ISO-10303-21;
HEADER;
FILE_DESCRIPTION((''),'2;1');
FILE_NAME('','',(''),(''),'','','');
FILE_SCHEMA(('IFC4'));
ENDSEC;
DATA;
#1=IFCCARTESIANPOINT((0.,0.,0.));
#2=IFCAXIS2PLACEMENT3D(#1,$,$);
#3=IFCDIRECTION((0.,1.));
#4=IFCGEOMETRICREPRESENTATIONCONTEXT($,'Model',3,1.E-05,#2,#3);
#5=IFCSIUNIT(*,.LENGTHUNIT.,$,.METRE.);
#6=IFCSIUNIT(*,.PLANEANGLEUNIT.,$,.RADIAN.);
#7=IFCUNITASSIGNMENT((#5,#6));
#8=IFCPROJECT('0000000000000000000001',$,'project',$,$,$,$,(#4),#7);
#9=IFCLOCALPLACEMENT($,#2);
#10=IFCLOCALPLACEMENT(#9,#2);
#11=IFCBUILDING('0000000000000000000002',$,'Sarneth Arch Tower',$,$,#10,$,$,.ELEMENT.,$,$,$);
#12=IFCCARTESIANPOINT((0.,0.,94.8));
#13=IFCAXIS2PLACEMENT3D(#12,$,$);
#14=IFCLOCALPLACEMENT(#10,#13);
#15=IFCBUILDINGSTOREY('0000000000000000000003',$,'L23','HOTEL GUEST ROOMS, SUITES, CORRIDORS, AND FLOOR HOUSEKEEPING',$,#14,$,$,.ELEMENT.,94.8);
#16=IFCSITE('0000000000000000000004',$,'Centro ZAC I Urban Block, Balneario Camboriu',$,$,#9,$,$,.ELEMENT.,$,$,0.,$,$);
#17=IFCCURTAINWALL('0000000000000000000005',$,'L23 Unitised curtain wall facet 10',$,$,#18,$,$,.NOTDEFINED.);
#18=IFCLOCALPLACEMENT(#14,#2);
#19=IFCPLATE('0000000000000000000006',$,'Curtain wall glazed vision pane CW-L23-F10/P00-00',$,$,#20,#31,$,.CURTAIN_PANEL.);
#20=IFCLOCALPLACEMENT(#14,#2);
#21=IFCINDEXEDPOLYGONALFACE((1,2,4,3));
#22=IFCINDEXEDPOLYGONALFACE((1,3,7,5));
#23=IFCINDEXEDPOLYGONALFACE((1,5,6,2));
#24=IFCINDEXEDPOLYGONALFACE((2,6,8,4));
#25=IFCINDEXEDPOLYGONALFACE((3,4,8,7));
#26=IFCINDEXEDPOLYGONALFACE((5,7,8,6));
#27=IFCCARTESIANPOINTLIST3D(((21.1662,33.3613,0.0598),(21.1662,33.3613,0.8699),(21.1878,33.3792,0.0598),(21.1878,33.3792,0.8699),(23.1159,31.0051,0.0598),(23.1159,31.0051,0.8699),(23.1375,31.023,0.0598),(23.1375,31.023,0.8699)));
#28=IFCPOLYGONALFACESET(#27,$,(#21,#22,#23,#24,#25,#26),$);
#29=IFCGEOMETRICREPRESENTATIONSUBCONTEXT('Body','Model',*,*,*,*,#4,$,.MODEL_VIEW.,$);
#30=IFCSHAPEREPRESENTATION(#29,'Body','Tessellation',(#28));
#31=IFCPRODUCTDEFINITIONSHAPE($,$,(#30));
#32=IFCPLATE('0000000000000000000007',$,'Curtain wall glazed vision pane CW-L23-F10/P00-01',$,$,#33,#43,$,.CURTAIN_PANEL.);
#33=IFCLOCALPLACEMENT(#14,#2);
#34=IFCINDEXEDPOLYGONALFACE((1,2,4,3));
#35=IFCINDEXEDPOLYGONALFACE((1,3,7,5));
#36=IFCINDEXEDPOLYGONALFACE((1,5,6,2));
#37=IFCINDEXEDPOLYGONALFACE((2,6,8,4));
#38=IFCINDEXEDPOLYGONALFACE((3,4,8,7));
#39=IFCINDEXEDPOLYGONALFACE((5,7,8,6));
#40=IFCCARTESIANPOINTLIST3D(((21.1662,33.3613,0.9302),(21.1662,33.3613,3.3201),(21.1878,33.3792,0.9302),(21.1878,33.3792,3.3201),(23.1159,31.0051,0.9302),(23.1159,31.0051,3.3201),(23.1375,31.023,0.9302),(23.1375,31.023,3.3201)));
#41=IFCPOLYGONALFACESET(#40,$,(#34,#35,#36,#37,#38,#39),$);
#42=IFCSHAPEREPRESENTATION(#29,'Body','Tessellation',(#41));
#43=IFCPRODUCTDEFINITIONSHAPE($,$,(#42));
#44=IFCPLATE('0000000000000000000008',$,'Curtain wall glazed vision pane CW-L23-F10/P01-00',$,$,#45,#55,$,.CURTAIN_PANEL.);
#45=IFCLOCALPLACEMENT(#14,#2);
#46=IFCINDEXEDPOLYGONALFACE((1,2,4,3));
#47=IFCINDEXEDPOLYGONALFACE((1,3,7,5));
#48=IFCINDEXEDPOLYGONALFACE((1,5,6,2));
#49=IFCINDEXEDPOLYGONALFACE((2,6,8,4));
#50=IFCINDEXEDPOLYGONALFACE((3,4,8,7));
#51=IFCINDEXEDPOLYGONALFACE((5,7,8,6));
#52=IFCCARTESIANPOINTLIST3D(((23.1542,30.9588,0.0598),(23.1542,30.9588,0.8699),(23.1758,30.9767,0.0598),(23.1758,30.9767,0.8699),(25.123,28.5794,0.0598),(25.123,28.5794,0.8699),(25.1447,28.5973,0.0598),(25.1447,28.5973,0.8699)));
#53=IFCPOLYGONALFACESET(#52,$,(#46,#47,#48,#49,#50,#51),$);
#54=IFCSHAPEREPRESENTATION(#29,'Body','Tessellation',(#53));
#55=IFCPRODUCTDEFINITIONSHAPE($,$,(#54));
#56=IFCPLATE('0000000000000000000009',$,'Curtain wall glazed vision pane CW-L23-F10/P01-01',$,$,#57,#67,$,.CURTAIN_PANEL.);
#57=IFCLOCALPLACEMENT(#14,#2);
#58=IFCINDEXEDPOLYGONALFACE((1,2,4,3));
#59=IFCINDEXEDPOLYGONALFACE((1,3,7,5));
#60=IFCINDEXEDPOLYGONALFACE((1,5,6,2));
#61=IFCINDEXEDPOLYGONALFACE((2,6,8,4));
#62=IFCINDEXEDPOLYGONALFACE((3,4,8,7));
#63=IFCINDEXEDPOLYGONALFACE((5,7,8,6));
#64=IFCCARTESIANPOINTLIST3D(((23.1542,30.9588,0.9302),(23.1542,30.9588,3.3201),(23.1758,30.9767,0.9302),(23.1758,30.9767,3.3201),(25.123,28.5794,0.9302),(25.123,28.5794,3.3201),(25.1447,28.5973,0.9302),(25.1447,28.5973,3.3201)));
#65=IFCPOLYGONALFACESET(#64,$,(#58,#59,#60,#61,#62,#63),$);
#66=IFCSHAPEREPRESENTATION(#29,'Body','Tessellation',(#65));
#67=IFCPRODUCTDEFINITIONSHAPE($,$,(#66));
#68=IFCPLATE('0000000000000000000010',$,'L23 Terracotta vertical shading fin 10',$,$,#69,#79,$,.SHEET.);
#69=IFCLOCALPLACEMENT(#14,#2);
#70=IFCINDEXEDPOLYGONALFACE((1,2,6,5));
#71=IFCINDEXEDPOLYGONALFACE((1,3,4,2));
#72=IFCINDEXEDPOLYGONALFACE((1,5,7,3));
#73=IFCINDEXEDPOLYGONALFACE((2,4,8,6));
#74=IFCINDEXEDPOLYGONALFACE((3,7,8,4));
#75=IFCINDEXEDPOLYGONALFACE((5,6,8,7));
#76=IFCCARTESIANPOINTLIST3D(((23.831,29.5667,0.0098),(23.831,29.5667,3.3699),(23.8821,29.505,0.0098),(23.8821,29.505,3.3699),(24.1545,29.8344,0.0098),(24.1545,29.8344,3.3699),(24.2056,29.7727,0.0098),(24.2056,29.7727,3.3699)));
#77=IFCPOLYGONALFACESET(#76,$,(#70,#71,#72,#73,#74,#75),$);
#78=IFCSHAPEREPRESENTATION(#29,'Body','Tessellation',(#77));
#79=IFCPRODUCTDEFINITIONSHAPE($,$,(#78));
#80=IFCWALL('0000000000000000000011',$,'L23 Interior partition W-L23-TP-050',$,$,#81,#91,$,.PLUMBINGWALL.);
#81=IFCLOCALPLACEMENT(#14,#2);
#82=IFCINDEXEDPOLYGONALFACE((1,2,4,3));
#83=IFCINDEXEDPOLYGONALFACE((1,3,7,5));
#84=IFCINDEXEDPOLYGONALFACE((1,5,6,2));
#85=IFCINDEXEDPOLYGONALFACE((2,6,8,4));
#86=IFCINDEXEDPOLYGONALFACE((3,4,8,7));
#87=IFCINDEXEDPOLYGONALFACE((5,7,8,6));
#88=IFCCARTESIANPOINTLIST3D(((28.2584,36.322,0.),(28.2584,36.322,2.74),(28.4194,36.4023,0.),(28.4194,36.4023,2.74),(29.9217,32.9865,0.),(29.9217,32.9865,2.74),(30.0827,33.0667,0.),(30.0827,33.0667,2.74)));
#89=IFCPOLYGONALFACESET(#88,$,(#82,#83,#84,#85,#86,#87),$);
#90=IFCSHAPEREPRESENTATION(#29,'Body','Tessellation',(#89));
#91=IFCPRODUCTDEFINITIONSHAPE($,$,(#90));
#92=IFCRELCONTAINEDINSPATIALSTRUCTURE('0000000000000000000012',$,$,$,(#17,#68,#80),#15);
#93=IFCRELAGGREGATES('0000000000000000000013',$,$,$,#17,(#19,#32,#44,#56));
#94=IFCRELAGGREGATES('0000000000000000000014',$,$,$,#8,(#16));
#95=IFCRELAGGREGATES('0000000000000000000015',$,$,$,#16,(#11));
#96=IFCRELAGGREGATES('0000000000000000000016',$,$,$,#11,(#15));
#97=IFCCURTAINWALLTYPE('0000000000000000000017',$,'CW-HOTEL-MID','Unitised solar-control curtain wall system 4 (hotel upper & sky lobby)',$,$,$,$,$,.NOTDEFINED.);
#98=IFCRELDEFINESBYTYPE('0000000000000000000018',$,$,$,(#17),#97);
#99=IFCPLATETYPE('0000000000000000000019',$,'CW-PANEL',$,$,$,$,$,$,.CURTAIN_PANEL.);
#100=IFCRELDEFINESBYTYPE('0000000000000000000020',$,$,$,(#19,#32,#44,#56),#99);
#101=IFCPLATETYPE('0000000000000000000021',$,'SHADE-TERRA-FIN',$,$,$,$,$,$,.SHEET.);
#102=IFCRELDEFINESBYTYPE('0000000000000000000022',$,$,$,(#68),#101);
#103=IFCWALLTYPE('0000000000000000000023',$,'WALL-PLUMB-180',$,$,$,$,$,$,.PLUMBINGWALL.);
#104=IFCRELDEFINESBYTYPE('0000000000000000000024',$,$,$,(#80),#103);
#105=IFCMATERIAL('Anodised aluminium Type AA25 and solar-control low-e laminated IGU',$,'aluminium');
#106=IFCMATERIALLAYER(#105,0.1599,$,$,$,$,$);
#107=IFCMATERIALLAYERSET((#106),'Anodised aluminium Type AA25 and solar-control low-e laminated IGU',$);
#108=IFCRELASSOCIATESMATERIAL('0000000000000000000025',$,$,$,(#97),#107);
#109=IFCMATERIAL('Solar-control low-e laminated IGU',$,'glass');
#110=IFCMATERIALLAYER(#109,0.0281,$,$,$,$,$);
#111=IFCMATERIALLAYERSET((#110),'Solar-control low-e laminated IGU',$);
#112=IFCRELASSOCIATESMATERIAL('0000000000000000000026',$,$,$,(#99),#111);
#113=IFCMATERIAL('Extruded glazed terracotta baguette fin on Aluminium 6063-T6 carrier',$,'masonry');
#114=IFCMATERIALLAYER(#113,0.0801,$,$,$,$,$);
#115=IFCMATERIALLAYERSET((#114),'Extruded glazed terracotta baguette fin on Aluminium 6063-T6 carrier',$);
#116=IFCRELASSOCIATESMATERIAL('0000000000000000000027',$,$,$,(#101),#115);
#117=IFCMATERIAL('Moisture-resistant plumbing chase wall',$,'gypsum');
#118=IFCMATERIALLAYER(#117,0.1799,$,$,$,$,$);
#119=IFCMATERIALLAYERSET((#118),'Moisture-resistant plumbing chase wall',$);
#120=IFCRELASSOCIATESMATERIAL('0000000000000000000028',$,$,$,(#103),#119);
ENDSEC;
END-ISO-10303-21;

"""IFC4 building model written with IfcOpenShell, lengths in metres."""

from ifc_helpers import new_model, si_unit, direction, frame, frame_2d, origin, origin_2d, place, context, subcontext, project, spatial, rectangle, extrude, material, layer, layer_set, type_object, element, aggregate, save


model = new_model("IFC4")

# Units and contexts
model_context = context("Model", 3, precision=1e-05, world=origin(), true_north=direction((0.0, 1.0)))
body_context = subcontext(model_context, "Body", "Model", "MODEL_VIEW")
ifc_project = project(units=[si_unit("LENGTHUNIT", "METRE"), si_unit("PLANEANGLEUNIT", "RADIAN")], contexts=[model_context])

# Site, building, storey
site_placement = place(None, origin())
site = spatial("IfcSite", under=ifc_project, at=site_placement, Name="Centro ZAC I Urban Block, Balneario Camboriu", CompositionType="ELEMENT", RefElevation=0.0)
building_placement = place(site_placement, origin())
building = spatial("IfcBuilding", under=site, at=building_placement, Name="Sarneth Arch Tower", CompositionType="ELEMENT")
storey_placement = place(building_placement, frame((0.0, 0.0, 94.8)))
storey = spatial("IfcBuildingStorey", under=building, at=storey_placement, Name="L23", Description="HOTEL GUEST ROOMS, SUITES, CORRIDORS, AND FLOOR HOUSEKEEPING", CompositionType="ELEMENT", Elevation=94.8)

# Curtain wall, plates
ifc_material_1 = material(Name="Anodised aluminium Type AA25 and solar-control low-e laminated IGU", Category="aluminium")
ifc_layer_1 = layer(ifc_material_1, 0.1599)
ifc_layer_set_1 = layer_set([ifc_layer_1], Name="Anodised aluminium Type AA25 and solar-control low-e laminated IGU")
curtain_wall_type = type_object("IfcCurtainWallType", Name="CW-HOTEL-MID", Description="Unitised solar-control curtain wall system 4 (hotel upper & sky lobby)", PredefinedType="NOTDEFINED", material=ifc_layer_set_1)
curtain_wall_placement = place(storey_placement, origin())
curtain_wall = element("IfcCurtainWall", 1, at=curtain_wall_placement, inside=storey, type_object=curtain_wall_type, Name="L23 Unitised curtain wall facet 10", PredefinedType="NOTDEFINED")
ifc_material_2 = material(Name="Solar-control low-e laminated IGU", Category="glass")
ifc_layer_2 = layer(ifc_material_2, 0.0281)
ifc_layer_set_2 = layer_set([ifc_layer_2], Name="Solar-control low-e laminated IGU")
plate_type_1 = type_object("IfcPlateType", Name="CW-PANEL", PredefinedType="CURTAIN_PANEL", material=ifc_layer_set_2)
plate_1_placement = place(storey_placement, frame((22.1519, 32.1921, 0.0598), z_axis=(0.0, 0.0, 1.0), x_axis=(0.637515, -0.770438, 0.0)))
plate_1 = element("IfcPlate", 2, at=plate_1_placement, type_object=plate_type_1, Name="Curtain wall glazed vision pane CW-L23-F10/P00-00", PredefinedType="CURTAIN_PANEL", context=body_context, shape_type="SweptSolid", body=[
    extrude(rectangle(XDim=3.0583, YDim=0.0281, at=origin_2d()), origin(), (0.0, 0.0, 1.0), 0.8101),
])
plate_2_placement = place(storey_placement, frame((22.1519, 32.1921, 0.9302), z_axis=(0.0, 0.0, 1.0), x_axis=(0.637515, -0.770438, 0.0)))
plate_2 = element("IfcPlate", 3, at=plate_2_placement, type_object=plate_type_1, Name="Curtain wall glazed vision pane CW-L23-F10/P00-01", PredefinedType="CURTAIN_PANEL", context=body_context, shape_type="SweptSolid", body=[
    extrude(rectangle(XDim=3.0583, YDim=0.0281, at=origin_2d()), origin(), (0.0, 0.0, 1.0), 2.3899),
])
plate_3_placement = place(storey_placement, frame((24.1494, 29.7781, 0.0598), z_axis=(0.0, 0.0, 1.0), x_axis=(0.637515, -0.770438, 0.0)))
plate_3 = element("IfcPlate", 4, at=plate_3_placement, type_object=plate_type_1, Name="Curtain wall glazed vision pane CW-L23-F10/P01-00", PredefinedType="CURTAIN_PANEL", context=body_context, shape_type="SweptSolid", body=[
    extrude(rectangle(XDim=3.0884, YDim=0.0281, at=origin_2d()), origin(), (0.0, 0.0, 1.0), 0.8101),
])
plate_4_placement = place(storey_placement, frame((24.1494, 29.7781, 0.9302), z_axis=(0.0, 0.0, 1.0), x_axis=(0.637515, -0.770438, 0.0)))
plate_4 = element("IfcPlate", 5, at=plate_4_placement, type_object=plate_type_1, Name="Curtain wall glazed vision pane CW-L23-F10/P01-01", PredefinedType="CURTAIN_PANEL", context=body_context, shape_type="SweptSolid", body=[
    extrude(rectangle(XDim=3.0884, YDim=0.0281, at=origin_2d()), origin(), (0.0, 0.0, 1.0), 2.3899),
])
aggregate(curtain_wall, [plate_1, plate_2, plate_3, plate_4])

# Plate
ifc_material_3 = material(Name="Extruded glazed terracotta baguette fin on Aluminium 6063-T6 carrier", Category="masonry")
ifc_layer_3 = layer(ifc_material_3, 0.0801)
ifc_layer_set_3 = layer_set([ifc_layer_3], Name="Extruded glazed terracotta baguette fin on Aluminium 6063-T6 carrier")
plate_type_2 = type_object("IfcPlateType", Name="SHADE-TERRA-FIN", PredefinedType="SHEET", material=ifc_layer_set_3)
plate_5_placement = place(storey_placement, frame((24.0183, 29.6697, 0.0098), z_axis=(0.0, 0.0, 1.0), x_axis=(-0.770402, -0.637558, 0.0)))
element("IfcPlate", 6, at=plate_5_placement, inside=storey, type_object=plate_type_2, Name="L23 Terracotta vertical shading fin 10", PredefinedType="SHEET", context=body_context, shape_type="SweptSolid", body=[
    extrude(rectangle(XDim=0.4199, YDim=0.0801, at=origin_2d()), origin(), (0.0, 0.0, 1.0), 3.3601),
])

# Wall
ifc_material_4 = material(Name="Moisture-resistant plumbing chase wall", Category="gypsum")
ifc_layer_4 = layer(ifc_material_4, 0.1799)
ifc_layer_set_4 = layer_set([ifc_layer_4], Name="Moisture-resistant plumbing chase wall")
wall_type = type_object("IfcWallType", Name="WALL-PLUMB-180", PredefinedType="PLUMBINGWALL", material=ifc_layer_set_4)
wall_placement = place(storey_placement, frame((28.3389, 36.3623, 0.0), z_axis=(0.0, 0.0, 1.0), x_axis=(0.446244, -0.894911, 0.0)))
element("IfcWall", 7, at=wall_placement, inside=storey, type_object=wall_type, Name="L23 Interior partition W-L23-TP-050", PredefinedType="PLUMBINGWALL", context=body_context, shape_type="SweptSolid", body=[
    extrude(rectangle(XDim=3.7273, YDim=0.1799, at=frame_2d((1.8638, 0.0))), origin(), (0.0, 0.0, 1.0), 2.74),
])

save(model, "model.ifc")
